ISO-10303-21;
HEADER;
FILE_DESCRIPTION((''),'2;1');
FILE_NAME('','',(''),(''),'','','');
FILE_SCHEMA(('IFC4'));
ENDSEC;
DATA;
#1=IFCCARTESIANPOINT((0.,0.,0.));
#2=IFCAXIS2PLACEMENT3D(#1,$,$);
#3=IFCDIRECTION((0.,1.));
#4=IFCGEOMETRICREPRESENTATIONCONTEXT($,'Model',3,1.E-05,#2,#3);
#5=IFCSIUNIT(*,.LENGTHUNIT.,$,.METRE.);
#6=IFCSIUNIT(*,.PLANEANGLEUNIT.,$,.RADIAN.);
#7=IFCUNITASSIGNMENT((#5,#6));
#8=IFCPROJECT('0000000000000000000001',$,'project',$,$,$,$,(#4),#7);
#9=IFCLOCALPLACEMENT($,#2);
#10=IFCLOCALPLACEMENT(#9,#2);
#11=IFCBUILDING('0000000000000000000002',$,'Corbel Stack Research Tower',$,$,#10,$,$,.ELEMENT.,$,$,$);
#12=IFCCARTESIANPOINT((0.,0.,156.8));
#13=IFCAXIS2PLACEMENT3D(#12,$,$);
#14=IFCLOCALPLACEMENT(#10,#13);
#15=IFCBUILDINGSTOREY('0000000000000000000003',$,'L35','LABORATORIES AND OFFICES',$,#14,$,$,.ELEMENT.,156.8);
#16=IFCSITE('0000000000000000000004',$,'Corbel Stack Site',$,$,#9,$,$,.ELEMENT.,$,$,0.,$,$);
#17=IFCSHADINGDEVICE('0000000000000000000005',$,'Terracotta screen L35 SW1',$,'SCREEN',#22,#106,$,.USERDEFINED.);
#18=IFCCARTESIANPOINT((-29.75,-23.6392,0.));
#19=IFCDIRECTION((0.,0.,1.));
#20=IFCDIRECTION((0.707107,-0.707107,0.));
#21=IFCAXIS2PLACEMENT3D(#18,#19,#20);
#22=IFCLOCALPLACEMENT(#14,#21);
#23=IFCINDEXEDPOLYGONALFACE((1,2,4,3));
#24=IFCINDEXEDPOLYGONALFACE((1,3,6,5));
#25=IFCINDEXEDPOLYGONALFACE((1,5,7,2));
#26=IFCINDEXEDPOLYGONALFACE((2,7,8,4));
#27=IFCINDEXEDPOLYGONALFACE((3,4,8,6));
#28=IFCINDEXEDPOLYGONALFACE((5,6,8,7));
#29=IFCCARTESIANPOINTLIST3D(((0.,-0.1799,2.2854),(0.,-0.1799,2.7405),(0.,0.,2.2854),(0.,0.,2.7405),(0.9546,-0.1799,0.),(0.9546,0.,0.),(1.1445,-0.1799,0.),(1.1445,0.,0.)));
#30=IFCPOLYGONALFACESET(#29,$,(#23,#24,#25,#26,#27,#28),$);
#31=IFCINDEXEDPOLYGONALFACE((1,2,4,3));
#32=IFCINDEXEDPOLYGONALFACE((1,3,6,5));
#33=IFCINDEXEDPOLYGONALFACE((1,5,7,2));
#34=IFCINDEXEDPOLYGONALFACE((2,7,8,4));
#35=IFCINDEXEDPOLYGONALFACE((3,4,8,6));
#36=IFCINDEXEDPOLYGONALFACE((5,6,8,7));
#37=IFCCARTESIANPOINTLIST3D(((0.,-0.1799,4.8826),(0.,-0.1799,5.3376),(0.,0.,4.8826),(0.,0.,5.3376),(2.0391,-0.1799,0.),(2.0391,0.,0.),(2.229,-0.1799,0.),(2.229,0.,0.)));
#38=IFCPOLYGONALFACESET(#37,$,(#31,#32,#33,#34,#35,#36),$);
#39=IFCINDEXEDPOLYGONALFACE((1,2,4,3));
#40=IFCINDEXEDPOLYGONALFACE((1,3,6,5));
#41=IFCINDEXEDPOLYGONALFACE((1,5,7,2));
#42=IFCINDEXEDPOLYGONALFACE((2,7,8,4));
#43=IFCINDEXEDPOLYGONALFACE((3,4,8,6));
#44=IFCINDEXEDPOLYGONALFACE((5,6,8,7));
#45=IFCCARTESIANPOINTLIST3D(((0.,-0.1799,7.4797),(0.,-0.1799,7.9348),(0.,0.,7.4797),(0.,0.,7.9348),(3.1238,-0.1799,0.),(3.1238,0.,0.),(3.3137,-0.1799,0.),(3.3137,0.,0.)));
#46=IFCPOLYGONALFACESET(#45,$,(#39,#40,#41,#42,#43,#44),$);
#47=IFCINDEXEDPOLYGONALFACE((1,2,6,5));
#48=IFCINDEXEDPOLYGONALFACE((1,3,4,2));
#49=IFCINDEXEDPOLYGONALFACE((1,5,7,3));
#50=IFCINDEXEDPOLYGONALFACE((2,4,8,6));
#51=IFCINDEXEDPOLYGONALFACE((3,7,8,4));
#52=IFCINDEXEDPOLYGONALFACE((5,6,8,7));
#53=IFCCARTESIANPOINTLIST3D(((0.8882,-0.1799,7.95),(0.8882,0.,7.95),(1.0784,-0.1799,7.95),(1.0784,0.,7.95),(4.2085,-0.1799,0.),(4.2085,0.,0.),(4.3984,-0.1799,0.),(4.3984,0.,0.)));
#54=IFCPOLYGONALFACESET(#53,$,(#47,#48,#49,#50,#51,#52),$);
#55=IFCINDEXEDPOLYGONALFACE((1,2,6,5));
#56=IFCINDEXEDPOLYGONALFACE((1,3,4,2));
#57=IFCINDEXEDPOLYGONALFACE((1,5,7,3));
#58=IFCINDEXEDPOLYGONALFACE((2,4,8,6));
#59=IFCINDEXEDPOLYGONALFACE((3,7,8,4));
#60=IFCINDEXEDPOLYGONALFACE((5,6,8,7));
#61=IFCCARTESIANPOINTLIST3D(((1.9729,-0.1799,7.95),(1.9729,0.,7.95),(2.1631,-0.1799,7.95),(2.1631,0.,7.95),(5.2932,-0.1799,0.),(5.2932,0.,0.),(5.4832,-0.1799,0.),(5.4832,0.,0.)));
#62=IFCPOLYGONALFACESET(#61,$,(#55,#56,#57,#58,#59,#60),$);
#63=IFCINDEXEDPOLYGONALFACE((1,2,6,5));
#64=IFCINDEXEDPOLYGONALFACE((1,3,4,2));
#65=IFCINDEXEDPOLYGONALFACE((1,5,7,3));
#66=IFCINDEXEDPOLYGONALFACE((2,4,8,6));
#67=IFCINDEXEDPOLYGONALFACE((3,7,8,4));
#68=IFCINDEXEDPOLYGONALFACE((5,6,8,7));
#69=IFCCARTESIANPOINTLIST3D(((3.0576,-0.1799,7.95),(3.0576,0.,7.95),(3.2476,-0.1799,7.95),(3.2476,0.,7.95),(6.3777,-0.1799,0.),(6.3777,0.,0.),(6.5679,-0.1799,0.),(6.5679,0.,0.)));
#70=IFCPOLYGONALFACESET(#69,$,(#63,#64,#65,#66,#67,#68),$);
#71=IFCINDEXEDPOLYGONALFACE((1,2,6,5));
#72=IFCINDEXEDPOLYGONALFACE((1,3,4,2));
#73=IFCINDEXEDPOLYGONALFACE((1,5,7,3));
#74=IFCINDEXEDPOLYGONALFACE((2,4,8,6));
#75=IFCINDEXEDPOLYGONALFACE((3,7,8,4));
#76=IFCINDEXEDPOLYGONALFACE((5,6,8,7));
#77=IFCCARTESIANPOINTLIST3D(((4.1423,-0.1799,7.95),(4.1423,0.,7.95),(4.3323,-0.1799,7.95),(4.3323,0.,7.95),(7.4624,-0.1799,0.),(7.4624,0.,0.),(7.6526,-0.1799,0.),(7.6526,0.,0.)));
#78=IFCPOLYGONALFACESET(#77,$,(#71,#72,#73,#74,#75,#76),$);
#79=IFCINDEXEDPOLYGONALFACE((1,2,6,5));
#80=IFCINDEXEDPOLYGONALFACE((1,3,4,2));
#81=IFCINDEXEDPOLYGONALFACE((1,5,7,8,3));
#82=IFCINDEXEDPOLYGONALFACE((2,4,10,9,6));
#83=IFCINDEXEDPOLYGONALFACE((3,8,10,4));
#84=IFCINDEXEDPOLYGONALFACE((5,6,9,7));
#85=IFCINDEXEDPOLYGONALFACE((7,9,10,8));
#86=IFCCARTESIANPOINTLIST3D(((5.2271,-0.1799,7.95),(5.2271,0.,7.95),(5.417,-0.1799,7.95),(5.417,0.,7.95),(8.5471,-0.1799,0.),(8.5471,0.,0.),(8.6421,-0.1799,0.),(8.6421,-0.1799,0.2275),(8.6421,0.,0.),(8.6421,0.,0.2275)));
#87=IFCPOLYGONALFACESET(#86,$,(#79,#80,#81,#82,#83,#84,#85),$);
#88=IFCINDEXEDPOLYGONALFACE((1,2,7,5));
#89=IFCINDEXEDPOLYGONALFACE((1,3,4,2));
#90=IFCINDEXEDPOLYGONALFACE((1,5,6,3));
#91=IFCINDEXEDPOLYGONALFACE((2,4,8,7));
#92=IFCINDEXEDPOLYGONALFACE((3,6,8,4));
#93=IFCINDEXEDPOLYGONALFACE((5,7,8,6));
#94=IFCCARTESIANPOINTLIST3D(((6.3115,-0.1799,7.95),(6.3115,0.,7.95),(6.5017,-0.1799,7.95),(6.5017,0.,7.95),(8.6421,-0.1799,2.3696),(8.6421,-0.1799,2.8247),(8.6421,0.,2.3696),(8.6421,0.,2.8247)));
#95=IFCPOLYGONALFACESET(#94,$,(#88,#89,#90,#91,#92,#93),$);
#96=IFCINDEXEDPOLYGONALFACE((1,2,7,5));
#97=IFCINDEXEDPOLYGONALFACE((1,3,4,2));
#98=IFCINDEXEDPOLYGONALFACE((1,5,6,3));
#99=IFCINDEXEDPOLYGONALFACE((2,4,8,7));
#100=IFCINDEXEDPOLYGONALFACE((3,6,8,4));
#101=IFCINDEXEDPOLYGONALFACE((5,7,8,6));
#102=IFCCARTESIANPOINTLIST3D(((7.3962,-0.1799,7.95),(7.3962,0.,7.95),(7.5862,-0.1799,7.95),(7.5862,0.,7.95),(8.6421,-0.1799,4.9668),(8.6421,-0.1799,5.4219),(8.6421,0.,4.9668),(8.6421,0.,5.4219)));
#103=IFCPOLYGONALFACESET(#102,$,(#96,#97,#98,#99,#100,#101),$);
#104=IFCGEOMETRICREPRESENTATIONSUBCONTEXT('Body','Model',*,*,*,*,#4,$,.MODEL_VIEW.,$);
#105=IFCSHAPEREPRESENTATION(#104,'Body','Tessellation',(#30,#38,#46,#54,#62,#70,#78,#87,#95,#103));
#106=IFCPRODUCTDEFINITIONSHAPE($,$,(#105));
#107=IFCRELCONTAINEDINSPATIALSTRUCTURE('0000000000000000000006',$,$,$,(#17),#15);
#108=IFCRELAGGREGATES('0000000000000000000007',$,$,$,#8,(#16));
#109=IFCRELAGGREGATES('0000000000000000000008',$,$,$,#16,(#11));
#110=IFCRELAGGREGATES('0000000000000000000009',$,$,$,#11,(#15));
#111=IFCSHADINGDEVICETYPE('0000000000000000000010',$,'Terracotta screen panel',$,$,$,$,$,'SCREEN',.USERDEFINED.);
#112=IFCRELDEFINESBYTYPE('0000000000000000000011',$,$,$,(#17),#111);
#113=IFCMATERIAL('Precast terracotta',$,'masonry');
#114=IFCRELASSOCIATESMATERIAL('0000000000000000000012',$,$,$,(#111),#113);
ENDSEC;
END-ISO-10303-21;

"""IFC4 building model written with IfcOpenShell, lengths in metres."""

from ifc_helpers import new_model, si_unit, direction, frame, origin, place, context, subcontext, project, spatial, polyline, outline, extrude, source, transform, mapped, material, type_object, element, save


model = new_model("IFC4")

# Units and contexts
model_context = context("Model", 3, precision=1e-05, world=origin(), true_north=direction((0.0, 1.0)))
body_context = subcontext(model_context, "Body", "Model", "MODEL_VIEW")
ifc_project = project(units=[si_unit("LENGTHUNIT", "METRE"), si_unit("PLANEANGLEUNIT", "RADIAN")], contexts=[model_context])

# Site, building, storey
site_placement = place(None, origin())
site = spatial("IfcSite", under=ifc_project, at=site_placement, Name="Corbel Stack Site", CompositionType="ELEMENT", RefElevation=0.0)
building_placement = place(site_placement, origin())
building = spatial("IfcBuilding", under=site, at=building_placement, Name="Corbel Stack Research Tower", CompositionType="ELEMENT")
storey_placement = place(building_placement, frame((0.0, 0.0, 156.8)))
storey = spatial("IfcBuildingStorey", under=building, at=storey_placement, Name="L35", Description="LABORATORIES AND OFFICES", CompositionType="ELEMENT", Elevation=156.8)

# Shading device
ifc_material_1 = material(Name="Precast terracotta", Category="masonry")
shading_device_type = type_object("IfcShadingDeviceType", Name="Terracotta screen panel", ElementType="SCREEN", PredefinedType="USERDEFINED", material=ifc_material_1)
shared_shape_1 = source(origin(), body_context, "Body", "SweptSolid", [
    extrude(outline(polyline([(1.1445, 0.0), (0.0, 2.7405), (0.0, 2.2854), (0.9546, 0.0), (1.1445, 0.0)])), frame((0.0, 0.0, 0.0), z_axis=(0.0, -1.0, 0.0), x_axis=(1.0, 0.0, 0.0)), (0.0, 0.0, 1.0), 0.1799),
    extrude(outline(polyline([(2.229, 0.0), (0.0, 5.3376), (0.0, 4.8826), (2.0391, 0.0), (2.229, 0.0)])), frame((0.0, 0.0, 0.0), z_axis=(0.0, -1.0, 0.0), x_axis=(1.0, 0.0, 0.0)), (0.0, 0.0, 1.0), 0.1799),
    extrude(outline(polyline([(3.3137, 0.0), (0.0, 7.9348), (0.0, 7.4797), (3.1238, 0.0), (3.3137, 0.0)])), frame((0.0, 0.0, 0.0), z_axis=(0.0, -1.0, 0.0), x_axis=(1.0, 0.0, 0.0)), (0.0, 0.0, 1.0), 0.1799),
    extrude(outline(polyline([(4.3984, 0.0), (1.0784, 7.95), (0.8882, 7.95), (4.2085, 0.0), (4.3984, 0.0)])), frame((0.0, 0.0, 0.0), z_axis=(0.0, -1.0, 0.0), x_axis=(1.0, 0.0, 0.0)), (0.0, 0.0, 1.0), 0.1799),
    extrude(outline(polyline([(5.4832, 0.0), (2.1631, 7.95), (1.9729, 7.95), (5.2932, 0.0), (5.4832, 0.0)])), frame((0.0, 0.0, 0.0), z_axis=(0.0, -1.0, 0.0), x_axis=(1.0, 0.0, 0.0)), (0.0, 0.0, 1.0), 0.1799),
    extrude(outline(polyline([(6.5679, 0.0), (3.2476, 7.95), (3.0576, 7.95), (6.3777, 0.0), (6.5679, 0.0)])), frame((0.0, 0.0, 0.0), z_axis=(0.0, -1.0, 0.0), x_axis=(1.0, 0.0, 0.0)), (0.0, 0.0, 1.0), 0.1799),
    extrude(outline(polyline([(7.6526, 0.0), (4.3323, 7.95), (4.1423, 7.95), (7.4624, 0.0), (7.6526, 0.0)])), frame((0.0, 0.0, 0.0), z_axis=(0.0, -1.0, 0.0), x_axis=(1.0, 0.0, 0.0)), (0.0, 0.0, 1.0), 0.1799),
    extrude(outline(polyline([(8.6421, 0.0), (8.6421, 0.2275), (5.417, 7.95), (5.2271, 7.95), (8.5471, 0.0), (8.6421, 0.0)])), frame((0.0, 0.0, 0.0), z_axis=(0.0, -1.0, 0.0), x_axis=(1.0, 0.0, 0.0)), (0.0, 0.0, 1.0), 0.1799),
    extrude(outline(polyline([(6.5017, 7.95), (6.3115, 7.95), (8.6421, 2.3696), (8.6421, 2.8247), (6.5017, 7.95)])), frame((0.0, 0.0, 0.0), z_axis=(0.0, -1.0, 0.0), x_axis=(1.0, 0.0, 0.0)), (0.0, 0.0, 1.0), 0.1799),
    extrude(outline(polyline([(7.5862, 7.95), (7.3962, 7.95), (8.6421, 4.9668), (8.6421, 5.4219), (7.5862, 7.95)])), frame((0.0, 0.0, 0.0), z_axis=(0.0, -1.0, 0.0), x_axis=(1.0, 0.0, 0.0)), (0.0, 0.0, 1.0), 0.1799),
])
shading_device_1_placement = place(storey_placement, frame((-29.75, -23.6392, 0.0), z_axis=(0.0, 0.0, 1.0), x_axis=(0.707107, -0.707107, 0.0)))
element("IfcShadingDevice", 1, at=shading_device_1_placement, inside=storey, type_object=shading_device_type, Name="Terracotta screen L35 SW1", ObjectType="SCREEN", PredefinedType="USERDEFINED", context=body_context, shape_type="MappedRepresentation", body=[
    mapped(shared_shape_1, transform((0.0, 0.0, 0.0))),
])

save(model, "model.ifc")
